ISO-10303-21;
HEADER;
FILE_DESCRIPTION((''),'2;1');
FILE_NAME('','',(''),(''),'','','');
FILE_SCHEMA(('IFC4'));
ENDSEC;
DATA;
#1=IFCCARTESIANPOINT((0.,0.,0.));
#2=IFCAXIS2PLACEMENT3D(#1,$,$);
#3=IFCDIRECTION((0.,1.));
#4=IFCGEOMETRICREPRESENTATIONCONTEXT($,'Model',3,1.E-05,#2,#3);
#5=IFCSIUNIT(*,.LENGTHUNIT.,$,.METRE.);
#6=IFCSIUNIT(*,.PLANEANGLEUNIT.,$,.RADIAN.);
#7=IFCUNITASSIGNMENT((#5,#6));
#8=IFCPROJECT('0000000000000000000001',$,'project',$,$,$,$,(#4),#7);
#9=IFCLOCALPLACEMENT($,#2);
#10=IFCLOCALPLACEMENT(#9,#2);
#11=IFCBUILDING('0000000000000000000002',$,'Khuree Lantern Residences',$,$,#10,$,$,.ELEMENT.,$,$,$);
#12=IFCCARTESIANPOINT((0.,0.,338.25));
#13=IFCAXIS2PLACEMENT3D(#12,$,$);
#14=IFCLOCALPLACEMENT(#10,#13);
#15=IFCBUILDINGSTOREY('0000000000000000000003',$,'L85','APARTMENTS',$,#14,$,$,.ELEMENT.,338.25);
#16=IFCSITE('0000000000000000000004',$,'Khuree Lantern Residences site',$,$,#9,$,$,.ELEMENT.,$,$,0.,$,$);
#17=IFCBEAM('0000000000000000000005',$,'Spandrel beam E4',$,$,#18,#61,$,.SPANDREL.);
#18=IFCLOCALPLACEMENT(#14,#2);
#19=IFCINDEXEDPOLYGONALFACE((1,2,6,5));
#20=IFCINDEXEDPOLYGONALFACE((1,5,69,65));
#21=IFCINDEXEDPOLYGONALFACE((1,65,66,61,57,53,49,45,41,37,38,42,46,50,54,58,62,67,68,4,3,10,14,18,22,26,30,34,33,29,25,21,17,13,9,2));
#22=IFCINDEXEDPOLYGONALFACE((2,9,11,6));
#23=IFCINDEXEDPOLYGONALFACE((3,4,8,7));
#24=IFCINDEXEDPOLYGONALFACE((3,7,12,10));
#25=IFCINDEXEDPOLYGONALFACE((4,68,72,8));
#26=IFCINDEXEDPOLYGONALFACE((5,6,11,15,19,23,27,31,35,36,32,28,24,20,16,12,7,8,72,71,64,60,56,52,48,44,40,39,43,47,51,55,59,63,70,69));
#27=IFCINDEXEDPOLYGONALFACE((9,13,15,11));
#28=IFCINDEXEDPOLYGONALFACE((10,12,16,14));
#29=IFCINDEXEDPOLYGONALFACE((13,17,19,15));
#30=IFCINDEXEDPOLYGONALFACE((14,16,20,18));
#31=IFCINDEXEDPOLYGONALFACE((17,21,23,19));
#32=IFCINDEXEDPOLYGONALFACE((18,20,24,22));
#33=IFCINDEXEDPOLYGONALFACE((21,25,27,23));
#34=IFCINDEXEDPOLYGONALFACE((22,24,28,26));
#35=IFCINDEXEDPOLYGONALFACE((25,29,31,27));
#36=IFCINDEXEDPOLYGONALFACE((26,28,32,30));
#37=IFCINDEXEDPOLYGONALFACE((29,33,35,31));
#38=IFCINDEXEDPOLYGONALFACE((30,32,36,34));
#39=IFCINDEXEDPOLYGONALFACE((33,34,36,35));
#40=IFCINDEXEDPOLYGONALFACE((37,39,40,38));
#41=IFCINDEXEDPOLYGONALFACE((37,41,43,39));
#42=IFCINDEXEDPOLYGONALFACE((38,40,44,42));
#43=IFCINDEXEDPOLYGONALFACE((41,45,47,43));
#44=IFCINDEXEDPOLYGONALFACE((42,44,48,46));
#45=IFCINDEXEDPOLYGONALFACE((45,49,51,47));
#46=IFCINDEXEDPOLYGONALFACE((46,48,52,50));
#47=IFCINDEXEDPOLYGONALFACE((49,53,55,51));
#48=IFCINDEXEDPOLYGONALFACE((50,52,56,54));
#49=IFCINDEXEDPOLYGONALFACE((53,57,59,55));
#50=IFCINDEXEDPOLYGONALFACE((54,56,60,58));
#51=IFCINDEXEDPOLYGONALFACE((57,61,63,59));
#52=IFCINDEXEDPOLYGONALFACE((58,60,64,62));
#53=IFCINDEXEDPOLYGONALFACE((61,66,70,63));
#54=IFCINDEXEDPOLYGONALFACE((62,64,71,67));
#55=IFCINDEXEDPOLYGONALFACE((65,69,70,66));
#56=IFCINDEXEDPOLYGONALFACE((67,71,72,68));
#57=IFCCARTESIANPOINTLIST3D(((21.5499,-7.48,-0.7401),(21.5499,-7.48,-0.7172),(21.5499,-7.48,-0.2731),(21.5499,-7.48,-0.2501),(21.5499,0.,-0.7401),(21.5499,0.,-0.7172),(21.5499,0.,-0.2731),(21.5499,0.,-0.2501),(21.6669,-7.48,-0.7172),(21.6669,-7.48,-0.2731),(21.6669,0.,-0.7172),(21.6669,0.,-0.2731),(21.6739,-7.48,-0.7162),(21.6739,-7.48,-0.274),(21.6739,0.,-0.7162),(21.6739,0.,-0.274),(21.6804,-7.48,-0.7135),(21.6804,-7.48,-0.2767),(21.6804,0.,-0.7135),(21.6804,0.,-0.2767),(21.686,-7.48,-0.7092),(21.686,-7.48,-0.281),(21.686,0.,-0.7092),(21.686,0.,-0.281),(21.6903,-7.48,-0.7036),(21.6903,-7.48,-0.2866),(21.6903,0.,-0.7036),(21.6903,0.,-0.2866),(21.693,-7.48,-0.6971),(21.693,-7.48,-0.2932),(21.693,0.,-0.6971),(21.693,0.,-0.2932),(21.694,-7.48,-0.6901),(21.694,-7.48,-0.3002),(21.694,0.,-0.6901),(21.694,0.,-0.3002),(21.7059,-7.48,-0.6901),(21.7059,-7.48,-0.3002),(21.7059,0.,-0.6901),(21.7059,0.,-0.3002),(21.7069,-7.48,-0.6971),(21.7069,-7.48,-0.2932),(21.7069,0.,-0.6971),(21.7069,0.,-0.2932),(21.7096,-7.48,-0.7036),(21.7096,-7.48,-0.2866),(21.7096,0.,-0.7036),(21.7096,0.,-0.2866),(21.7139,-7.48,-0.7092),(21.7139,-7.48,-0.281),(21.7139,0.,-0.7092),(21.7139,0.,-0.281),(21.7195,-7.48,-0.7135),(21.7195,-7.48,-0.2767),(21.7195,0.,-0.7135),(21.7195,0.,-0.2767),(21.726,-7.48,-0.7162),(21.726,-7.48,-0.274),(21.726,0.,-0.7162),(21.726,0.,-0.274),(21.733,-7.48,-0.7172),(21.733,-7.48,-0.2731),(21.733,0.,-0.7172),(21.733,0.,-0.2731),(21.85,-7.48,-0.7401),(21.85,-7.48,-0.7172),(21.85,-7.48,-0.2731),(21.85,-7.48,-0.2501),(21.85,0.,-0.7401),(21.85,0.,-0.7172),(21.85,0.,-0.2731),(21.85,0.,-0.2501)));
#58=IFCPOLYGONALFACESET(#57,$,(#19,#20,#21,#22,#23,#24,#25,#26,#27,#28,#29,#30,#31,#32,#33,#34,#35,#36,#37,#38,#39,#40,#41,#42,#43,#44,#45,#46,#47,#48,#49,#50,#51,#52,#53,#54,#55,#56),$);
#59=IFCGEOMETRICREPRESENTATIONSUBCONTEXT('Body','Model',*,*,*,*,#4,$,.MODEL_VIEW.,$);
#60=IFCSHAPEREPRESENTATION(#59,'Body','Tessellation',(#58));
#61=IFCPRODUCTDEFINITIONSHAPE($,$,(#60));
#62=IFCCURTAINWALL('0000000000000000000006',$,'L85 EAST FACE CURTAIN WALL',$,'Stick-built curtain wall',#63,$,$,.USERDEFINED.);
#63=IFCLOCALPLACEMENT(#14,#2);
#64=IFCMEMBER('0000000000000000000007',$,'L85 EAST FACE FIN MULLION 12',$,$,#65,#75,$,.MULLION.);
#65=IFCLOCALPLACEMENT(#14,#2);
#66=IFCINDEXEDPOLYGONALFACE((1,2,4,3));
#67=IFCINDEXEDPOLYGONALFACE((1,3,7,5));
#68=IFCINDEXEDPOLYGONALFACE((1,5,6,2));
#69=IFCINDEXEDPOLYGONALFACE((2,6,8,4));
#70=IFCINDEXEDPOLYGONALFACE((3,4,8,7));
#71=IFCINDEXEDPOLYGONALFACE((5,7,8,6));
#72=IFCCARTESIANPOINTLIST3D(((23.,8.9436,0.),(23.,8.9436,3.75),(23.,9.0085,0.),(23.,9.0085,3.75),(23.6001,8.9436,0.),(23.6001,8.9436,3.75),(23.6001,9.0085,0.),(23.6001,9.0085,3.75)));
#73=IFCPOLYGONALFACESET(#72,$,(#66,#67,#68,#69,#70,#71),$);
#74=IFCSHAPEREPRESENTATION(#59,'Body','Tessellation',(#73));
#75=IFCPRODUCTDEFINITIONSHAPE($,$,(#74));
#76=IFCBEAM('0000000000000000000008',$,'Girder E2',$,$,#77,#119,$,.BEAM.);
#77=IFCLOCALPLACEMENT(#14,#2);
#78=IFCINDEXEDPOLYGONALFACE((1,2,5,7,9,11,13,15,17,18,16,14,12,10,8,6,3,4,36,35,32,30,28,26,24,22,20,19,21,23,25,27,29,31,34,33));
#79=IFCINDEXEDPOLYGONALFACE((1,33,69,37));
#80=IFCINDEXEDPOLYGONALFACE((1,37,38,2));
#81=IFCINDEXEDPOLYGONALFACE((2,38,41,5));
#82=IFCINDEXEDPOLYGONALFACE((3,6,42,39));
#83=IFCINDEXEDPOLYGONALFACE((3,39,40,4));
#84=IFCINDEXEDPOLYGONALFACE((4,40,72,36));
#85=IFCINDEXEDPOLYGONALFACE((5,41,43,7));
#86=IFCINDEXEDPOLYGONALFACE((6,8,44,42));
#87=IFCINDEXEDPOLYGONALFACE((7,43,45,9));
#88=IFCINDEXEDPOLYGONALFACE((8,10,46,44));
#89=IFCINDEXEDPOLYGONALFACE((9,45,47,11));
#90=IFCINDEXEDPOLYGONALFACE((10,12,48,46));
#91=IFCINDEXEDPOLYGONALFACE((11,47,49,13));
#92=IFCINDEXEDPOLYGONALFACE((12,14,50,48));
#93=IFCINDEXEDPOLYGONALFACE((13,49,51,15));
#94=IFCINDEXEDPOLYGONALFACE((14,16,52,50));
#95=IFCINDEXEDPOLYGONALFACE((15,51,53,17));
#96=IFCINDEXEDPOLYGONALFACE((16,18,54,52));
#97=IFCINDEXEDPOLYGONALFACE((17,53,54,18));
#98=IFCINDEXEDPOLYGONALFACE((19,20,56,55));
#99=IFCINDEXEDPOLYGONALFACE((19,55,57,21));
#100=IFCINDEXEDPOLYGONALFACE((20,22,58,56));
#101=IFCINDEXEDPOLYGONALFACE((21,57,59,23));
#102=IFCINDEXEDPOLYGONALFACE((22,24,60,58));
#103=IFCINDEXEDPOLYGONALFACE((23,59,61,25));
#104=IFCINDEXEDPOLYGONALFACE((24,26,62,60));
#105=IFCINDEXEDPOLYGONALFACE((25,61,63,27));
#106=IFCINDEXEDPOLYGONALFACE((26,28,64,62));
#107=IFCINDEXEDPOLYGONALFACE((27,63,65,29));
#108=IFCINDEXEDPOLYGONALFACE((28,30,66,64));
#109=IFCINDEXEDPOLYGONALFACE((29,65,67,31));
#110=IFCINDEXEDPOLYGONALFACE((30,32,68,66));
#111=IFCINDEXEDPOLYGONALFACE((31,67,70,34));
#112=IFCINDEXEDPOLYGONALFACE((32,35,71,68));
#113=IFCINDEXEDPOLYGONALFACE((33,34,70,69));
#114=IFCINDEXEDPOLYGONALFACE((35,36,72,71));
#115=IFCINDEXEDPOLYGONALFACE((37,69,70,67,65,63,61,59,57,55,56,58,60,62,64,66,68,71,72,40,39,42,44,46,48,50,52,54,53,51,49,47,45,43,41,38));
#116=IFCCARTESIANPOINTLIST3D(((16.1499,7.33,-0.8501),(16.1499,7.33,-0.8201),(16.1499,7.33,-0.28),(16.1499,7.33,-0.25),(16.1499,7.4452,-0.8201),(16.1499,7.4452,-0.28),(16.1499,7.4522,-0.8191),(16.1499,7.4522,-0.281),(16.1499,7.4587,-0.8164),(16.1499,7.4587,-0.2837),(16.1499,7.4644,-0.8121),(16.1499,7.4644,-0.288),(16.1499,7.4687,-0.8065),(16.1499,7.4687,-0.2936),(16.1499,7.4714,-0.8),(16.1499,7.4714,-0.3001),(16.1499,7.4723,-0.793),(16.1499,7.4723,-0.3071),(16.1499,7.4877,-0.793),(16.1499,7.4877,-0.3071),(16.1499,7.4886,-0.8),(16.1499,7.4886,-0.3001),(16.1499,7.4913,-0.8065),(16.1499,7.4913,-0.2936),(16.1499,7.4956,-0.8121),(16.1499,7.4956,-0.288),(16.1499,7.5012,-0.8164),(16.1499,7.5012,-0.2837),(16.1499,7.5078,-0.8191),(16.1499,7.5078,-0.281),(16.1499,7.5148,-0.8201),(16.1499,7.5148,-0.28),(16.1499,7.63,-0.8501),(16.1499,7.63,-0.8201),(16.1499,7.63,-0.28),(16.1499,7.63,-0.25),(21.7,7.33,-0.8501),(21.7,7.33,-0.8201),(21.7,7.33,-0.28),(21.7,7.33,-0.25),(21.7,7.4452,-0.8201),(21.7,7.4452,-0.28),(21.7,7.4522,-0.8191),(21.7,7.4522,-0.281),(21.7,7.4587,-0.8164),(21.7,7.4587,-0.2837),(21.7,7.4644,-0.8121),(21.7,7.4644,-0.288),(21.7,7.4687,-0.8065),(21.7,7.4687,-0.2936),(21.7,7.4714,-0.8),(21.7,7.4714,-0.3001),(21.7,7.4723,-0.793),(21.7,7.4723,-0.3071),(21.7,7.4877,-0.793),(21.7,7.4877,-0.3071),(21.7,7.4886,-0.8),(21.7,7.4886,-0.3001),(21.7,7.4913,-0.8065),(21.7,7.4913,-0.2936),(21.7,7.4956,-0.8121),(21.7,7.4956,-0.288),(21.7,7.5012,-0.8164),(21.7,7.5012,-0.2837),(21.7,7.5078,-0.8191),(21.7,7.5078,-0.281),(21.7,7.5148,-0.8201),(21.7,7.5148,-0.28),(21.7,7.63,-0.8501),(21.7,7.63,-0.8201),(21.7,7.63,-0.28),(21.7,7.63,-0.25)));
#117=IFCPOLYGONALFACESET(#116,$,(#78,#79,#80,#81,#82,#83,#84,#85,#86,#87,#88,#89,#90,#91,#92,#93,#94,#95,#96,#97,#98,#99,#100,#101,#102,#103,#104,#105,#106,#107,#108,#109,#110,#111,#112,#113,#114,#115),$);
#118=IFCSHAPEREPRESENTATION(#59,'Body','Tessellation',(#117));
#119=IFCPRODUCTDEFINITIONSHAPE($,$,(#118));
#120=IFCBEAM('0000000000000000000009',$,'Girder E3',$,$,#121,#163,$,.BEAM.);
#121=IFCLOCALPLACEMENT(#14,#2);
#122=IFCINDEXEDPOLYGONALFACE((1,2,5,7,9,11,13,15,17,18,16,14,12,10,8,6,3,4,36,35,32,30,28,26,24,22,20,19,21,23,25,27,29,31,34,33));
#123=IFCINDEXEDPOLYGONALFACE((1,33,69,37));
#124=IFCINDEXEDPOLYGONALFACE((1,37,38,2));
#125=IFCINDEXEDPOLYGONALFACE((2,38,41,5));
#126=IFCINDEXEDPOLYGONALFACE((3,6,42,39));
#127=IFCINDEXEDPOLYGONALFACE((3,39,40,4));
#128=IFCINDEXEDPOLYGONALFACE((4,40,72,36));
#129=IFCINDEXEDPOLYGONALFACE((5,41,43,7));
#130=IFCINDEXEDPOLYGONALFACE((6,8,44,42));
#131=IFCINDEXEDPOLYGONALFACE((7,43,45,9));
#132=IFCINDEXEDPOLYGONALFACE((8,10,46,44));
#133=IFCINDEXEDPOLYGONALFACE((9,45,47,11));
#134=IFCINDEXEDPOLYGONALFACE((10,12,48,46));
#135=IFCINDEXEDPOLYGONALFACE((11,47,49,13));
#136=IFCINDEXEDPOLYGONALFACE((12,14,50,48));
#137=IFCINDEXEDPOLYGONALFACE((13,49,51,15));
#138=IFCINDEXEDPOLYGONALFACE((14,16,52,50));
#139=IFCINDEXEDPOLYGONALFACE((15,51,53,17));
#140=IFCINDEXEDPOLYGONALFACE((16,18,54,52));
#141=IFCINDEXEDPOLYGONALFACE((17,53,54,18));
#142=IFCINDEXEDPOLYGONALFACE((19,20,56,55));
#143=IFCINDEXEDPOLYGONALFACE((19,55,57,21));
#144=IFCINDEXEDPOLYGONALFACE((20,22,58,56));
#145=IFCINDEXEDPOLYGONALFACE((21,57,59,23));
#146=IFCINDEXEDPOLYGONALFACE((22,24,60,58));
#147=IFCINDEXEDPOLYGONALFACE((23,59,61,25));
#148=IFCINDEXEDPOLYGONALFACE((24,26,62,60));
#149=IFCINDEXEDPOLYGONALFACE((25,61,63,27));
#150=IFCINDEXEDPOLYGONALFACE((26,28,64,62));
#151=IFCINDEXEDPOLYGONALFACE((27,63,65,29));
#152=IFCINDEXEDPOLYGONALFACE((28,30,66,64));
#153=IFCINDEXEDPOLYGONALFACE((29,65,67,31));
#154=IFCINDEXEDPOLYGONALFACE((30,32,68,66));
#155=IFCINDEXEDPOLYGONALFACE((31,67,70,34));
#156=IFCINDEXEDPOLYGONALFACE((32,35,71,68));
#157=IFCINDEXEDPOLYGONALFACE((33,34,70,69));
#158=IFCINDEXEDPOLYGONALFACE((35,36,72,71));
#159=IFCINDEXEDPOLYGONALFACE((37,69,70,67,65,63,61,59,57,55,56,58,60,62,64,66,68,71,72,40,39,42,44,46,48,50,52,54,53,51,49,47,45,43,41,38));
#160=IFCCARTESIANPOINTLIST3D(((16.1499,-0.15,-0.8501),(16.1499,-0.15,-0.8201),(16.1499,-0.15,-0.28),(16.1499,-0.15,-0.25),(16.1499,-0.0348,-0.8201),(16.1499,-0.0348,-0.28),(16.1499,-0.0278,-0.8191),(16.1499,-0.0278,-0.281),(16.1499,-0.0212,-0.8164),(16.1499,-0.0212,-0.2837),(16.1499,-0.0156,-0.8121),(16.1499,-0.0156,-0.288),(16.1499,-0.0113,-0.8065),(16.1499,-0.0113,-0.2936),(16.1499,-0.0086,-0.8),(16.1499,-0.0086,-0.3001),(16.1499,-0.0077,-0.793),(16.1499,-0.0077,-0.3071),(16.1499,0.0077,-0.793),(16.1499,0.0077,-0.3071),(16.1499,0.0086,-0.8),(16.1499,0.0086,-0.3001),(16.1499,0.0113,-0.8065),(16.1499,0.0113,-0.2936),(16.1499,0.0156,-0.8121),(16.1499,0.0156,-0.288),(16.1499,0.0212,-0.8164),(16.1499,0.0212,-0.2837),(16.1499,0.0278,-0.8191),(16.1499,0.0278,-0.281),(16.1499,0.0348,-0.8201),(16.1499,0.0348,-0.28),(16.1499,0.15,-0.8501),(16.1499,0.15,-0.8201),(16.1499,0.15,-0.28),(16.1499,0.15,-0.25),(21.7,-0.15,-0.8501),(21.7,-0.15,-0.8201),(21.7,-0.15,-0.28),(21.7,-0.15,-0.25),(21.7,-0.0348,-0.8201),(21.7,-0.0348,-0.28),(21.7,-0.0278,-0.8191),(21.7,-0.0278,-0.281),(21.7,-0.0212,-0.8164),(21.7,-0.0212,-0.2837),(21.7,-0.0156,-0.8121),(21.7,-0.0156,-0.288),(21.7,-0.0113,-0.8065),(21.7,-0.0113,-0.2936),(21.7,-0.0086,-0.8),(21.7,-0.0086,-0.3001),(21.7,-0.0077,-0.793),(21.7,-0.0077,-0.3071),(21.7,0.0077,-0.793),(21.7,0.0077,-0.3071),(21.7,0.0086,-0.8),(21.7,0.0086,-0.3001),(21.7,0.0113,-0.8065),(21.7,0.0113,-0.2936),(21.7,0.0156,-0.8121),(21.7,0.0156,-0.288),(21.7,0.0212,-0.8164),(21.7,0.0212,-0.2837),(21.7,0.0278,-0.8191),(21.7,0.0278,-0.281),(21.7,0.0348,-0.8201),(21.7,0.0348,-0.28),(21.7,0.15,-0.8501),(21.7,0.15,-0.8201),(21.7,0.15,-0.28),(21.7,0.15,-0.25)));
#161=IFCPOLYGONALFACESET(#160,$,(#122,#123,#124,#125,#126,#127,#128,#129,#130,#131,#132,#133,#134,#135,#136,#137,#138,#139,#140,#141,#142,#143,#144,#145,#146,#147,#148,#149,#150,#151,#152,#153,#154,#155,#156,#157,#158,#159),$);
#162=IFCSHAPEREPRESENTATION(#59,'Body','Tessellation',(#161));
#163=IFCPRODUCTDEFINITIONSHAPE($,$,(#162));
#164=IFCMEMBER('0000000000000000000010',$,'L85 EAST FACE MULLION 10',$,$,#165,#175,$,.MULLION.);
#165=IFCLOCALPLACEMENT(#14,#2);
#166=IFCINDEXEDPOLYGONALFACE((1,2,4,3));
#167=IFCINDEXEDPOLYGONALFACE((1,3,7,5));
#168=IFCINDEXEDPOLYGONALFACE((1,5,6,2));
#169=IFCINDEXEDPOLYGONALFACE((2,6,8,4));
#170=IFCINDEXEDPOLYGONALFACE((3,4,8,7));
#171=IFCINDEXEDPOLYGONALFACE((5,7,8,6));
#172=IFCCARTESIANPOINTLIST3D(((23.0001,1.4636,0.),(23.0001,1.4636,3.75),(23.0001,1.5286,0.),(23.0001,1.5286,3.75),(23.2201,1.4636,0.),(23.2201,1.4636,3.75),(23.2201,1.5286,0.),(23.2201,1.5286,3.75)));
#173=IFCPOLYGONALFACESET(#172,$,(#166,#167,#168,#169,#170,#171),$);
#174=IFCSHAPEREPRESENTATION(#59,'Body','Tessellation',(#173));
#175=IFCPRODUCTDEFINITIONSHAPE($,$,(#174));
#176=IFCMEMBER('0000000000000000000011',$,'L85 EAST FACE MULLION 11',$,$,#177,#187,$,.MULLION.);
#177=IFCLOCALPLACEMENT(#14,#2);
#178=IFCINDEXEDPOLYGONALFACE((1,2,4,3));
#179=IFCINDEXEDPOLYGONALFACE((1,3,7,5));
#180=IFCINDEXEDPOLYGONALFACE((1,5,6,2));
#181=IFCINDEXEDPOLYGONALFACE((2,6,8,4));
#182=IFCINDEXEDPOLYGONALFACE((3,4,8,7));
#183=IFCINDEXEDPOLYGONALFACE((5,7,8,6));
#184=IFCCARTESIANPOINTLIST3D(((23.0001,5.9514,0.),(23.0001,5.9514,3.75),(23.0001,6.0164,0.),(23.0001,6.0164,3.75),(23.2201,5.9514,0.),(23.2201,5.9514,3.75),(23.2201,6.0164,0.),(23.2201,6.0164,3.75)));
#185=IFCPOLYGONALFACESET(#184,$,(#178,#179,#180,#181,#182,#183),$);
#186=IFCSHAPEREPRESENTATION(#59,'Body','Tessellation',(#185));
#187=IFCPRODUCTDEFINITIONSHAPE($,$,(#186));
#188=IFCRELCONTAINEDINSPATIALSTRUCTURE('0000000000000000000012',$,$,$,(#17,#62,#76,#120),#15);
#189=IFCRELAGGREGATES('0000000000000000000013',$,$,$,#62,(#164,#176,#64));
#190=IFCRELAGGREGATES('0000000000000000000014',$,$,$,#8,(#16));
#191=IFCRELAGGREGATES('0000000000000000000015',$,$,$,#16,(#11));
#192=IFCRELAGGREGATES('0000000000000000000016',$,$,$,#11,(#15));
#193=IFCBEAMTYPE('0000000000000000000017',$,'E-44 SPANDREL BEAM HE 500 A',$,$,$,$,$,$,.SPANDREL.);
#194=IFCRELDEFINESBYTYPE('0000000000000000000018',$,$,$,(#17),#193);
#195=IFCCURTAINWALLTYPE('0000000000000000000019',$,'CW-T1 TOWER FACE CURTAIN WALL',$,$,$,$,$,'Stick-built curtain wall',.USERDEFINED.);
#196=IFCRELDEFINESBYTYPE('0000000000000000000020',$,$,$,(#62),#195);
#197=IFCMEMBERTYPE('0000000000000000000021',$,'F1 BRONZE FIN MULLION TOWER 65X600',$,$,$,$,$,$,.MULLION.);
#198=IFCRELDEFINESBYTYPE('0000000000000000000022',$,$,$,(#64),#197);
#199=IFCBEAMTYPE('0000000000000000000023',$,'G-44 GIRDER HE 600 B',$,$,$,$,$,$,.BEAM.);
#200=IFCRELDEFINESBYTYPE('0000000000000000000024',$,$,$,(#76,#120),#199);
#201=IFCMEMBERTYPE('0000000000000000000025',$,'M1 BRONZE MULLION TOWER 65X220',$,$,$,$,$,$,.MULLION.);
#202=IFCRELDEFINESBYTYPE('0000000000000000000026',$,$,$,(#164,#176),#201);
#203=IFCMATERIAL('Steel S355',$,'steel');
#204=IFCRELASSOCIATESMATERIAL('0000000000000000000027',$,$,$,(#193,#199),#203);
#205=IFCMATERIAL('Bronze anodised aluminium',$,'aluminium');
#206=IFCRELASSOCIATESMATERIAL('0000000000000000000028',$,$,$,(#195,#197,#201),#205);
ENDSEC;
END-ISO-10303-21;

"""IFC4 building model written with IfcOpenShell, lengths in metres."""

from ifc_helpers import new_model, si_unit, direction, frame, origin, origin_2d, place, context, subcontext, project, spatial, rectangle, i_section, extrude, material, material_profile, profile_set, type_object, element, aggregate, save


model = new_model("IFC4")

# Units and contexts
model_context = context("Model", 3, precision=1e-05, world=origin(), true_north=direction((0.0, 1.0)))
body_context = subcontext(model_context, "Body", "Model", "MODEL_VIEW")
ifc_project = project(units=[si_unit("LENGTHUNIT", "METRE"), si_unit("PLANEANGLEUNIT", "RADIAN")], contexts=[model_context])

# Site, building, storey
site_placement = place(None, origin())
site = spatial("IfcSite", under=ifc_project, at=site_placement, Name="Khuree Lantern Residences site", CompositionType="ELEMENT", RefElevation=0.0)
building_placement = place(site_placement, origin())
building = spatial("IfcBuilding", under=site, at=building_placement, Name="Khuree Lantern Residences", CompositionType="ELEMENT")
storey_placement = place(building_placement, frame((0.0, 0.0, 338.25)))
storey = spatial("IfcBuildingStorey", under=building, at=storey_placement, Name="L85", Description="APARTMENTS", CompositionType="ELEMENT", Elevation=338.25)

# Beam
ifc_material_1 = material(Name="Steel S355", Category="steel")
ifc_material_profile_1 = material_profile(ifc_material_1, i_section(OverallWidth=0.3, OverallDepth=0.49, WebThickness=0.012, FlangeThickness=0.0229, FilletRadius=0.0271, at=origin_2d()), Name="HE 500 A")
ifc_profile_set_1 = profile_set([ifc_material_profile_1], Name="Steel S355")
beam_type_1 = type_object("IfcBeamType", Name="E-44 SPANDREL BEAM HE 500 A", PredefinedType="SPANDREL", material=ifc_profile_set_1)
for number, where, z_axis, x_axis, name in (
    (1, (21.7, 0.0, -0.4951), (0.0, -1.0, 0.0), (1.0, 0.0, 0.0), "Spandrel beam E4"),
):
    element("IfcBeam", number, at=place(storey_placement, frame(where, z_axis=z_axis, x_axis=x_axis)), inside=storey, type_object=beam_type_1, Name=name, PredefinedType="SPANDREL", context=body_context, shape_type="SweptSolid", body=[
        extrude(i_section(OverallWidth=0.3, OverallDepth=0.49, WebThickness=0.012, FlangeThickness=0.0229, FilletRadius=0.0271, at=origin_2d()), origin(), (0.0, 0.0, 1.0), 7.48),
    ])

# Curtain wall, member
ifc_material_2 = material(Name="Bronze anodised aluminium", Category="aluminium")
curtain_wall_type = type_object("IfcCurtainWallType", Name="CW-T1 TOWER FACE CURTAIN WALL", ElementType="Stick-built curtain wall", PredefinedType="USERDEFINED", material=ifc_material_2)
curtain_wall_placement = place(storey_placement, origin())
curtain_wall = element("IfcCurtainWall", 2, at=curtain_wall_placement, inside=storey, type_object=curtain_wall_type, Name="L85 EAST FACE CURTAIN WALL", ObjectType="Stick-built curtain wall", PredefinedType="USERDEFINED")
ifc_material_profile_2 = material_profile(ifc_material_2, rectangle(XDim=0.0649, YDim=0.6001, at=origin_2d()), Name="F1 65X600")
ifc_profile_set_2 = profile_set([ifc_material_profile_2], Name="Bronze anodised aluminium")
member_type_1 = type_object("IfcMemberType", Name="F1 BRONZE FIN MULLION TOWER 65X600", PredefinedType="MULLION", material=ifc_profile_set_2)
member_1_placement = place(storey_placement, frame((23.3, 8.9761, 0.0), z_axis=(0.0, 0.0, 1.0), x_axis=(0.0, 1.0, 0.0)))
member_1 = element("IfcMember", 3, at=member_1_placement, type_object=member_type_1, Name="L85 EAST FACE FIN MULLION 12", PredefinedType="MULLION", context=body_context, shape_type="SweptSolid", body=[
    extrude(rectangle(XDim=0.0649, YDim=0.6001, at=origin_2d()), origin(), (0.0, 0.0, 1.0), 3.75),
])

# Beams
ifc_material_profile_3 = material_profile(ifc_material_1, i_section(OverallWidth=0.3, OverallDepth=0.6001, WebThickness=0.0154, FlangeThickness=0.03, FilletRadius=0.0271, at=origin_2d()), Name="HE 600 B")
ifc_profile_set_3 = profile_set([ifc_material_profile_3], Name="Steel S355")
beam_type_2 = type_object("IfcBeamType", Name="G-44 GIRDER HE 600 B", PredefinedType="BEAM", material=ifc_profile_set_3)
for number, where, z_axis, x_axis, name in (
    (4, (21.7, 7.48, -0.55), (-1.0, 0.0, 0.0), (0.0, -1.0, 0.0), "Girder E2"),
    (5, (21.7, 0.0, -0.55), (-1.0, 0.0, 0.0), (0.0, -1.0, 0.0), "Girder E3"),
):
    element("IfcBeam", number, at=place(storey_placement, frame(where, z_axis=z_axis, x_axis=x_axis)), inside=storey, type_object=beam_type_2, Name=name, PredefinedType="BEAM", context=body_context, shape_type="SweptSolid", body=[
        extrude(i_section(OverallWidth=0.3, OverallDepth=0.6001, WebThickness=0.0154, FlangeThickness=0.03, FilletRadius=0.0271, at=origin_2d()), origin(), (0.0, 0.0, 1.0), 5.55),
    ])

# Members
ifc_material_profile_4 = material_profile(ifc_material_2, rectangle(XDim=0.0649, YDim=0.22, at=origin_2d()), Name="M1 65X220")
ifc_profile_set_4 = profile_set([ifc_material_profile_4], Name="Bronze anodised aluminium")
member_type_2 = type_object("IfcMemberType", Name="M1 BRONZE MULLION TOWER 65X220", PredefinedType="MULLION", material=ifc_profile_set_4)
member_2_placement = place(storey_placement, frame((23.1101, 1.4961, 0.0), z_axis=(0.0, 0.0, 1.0), x_axis=(0.0, 1.0, 0.0)))
member_2 = element("IfcMember", 6, at=member_2_placement, type_object=member_type_2, Name="L85 EAST FACE MULLION 10", PredefinedType="MULLION", context=body_context, shape_type="SweptSolid", body=[
    extrude(rectangle(XDim=0.0649, YDim=0.22, at=origin_2d()), origin(), (0.0, 0.0, 1.0), 3.75),
])
member_3_placement = place(storey_placement, frame((23.1101, 5.9839, 0.0), z_axis=(0.0, 0.0, 1.0), x_axis=(0.0, 1.0, 0.0)))
member_3 = element("IfcMember", 7, at=member_3_placement, type_object=member_type_2, Name="L85 EAST FACE MULLION 11", PredefinedType="MULLION", context=body_context, shape_type="SweptSolid", body=[
    extrude(rectangle(XDim=0.0649, YDim=0.22, at=origin_2d()), origin(), (0.0, 0.0, 1.0), 3.75),
])

aggregate(curtain_wall, [member_2, member_3, member_1])

save(model, "model.ifc")
